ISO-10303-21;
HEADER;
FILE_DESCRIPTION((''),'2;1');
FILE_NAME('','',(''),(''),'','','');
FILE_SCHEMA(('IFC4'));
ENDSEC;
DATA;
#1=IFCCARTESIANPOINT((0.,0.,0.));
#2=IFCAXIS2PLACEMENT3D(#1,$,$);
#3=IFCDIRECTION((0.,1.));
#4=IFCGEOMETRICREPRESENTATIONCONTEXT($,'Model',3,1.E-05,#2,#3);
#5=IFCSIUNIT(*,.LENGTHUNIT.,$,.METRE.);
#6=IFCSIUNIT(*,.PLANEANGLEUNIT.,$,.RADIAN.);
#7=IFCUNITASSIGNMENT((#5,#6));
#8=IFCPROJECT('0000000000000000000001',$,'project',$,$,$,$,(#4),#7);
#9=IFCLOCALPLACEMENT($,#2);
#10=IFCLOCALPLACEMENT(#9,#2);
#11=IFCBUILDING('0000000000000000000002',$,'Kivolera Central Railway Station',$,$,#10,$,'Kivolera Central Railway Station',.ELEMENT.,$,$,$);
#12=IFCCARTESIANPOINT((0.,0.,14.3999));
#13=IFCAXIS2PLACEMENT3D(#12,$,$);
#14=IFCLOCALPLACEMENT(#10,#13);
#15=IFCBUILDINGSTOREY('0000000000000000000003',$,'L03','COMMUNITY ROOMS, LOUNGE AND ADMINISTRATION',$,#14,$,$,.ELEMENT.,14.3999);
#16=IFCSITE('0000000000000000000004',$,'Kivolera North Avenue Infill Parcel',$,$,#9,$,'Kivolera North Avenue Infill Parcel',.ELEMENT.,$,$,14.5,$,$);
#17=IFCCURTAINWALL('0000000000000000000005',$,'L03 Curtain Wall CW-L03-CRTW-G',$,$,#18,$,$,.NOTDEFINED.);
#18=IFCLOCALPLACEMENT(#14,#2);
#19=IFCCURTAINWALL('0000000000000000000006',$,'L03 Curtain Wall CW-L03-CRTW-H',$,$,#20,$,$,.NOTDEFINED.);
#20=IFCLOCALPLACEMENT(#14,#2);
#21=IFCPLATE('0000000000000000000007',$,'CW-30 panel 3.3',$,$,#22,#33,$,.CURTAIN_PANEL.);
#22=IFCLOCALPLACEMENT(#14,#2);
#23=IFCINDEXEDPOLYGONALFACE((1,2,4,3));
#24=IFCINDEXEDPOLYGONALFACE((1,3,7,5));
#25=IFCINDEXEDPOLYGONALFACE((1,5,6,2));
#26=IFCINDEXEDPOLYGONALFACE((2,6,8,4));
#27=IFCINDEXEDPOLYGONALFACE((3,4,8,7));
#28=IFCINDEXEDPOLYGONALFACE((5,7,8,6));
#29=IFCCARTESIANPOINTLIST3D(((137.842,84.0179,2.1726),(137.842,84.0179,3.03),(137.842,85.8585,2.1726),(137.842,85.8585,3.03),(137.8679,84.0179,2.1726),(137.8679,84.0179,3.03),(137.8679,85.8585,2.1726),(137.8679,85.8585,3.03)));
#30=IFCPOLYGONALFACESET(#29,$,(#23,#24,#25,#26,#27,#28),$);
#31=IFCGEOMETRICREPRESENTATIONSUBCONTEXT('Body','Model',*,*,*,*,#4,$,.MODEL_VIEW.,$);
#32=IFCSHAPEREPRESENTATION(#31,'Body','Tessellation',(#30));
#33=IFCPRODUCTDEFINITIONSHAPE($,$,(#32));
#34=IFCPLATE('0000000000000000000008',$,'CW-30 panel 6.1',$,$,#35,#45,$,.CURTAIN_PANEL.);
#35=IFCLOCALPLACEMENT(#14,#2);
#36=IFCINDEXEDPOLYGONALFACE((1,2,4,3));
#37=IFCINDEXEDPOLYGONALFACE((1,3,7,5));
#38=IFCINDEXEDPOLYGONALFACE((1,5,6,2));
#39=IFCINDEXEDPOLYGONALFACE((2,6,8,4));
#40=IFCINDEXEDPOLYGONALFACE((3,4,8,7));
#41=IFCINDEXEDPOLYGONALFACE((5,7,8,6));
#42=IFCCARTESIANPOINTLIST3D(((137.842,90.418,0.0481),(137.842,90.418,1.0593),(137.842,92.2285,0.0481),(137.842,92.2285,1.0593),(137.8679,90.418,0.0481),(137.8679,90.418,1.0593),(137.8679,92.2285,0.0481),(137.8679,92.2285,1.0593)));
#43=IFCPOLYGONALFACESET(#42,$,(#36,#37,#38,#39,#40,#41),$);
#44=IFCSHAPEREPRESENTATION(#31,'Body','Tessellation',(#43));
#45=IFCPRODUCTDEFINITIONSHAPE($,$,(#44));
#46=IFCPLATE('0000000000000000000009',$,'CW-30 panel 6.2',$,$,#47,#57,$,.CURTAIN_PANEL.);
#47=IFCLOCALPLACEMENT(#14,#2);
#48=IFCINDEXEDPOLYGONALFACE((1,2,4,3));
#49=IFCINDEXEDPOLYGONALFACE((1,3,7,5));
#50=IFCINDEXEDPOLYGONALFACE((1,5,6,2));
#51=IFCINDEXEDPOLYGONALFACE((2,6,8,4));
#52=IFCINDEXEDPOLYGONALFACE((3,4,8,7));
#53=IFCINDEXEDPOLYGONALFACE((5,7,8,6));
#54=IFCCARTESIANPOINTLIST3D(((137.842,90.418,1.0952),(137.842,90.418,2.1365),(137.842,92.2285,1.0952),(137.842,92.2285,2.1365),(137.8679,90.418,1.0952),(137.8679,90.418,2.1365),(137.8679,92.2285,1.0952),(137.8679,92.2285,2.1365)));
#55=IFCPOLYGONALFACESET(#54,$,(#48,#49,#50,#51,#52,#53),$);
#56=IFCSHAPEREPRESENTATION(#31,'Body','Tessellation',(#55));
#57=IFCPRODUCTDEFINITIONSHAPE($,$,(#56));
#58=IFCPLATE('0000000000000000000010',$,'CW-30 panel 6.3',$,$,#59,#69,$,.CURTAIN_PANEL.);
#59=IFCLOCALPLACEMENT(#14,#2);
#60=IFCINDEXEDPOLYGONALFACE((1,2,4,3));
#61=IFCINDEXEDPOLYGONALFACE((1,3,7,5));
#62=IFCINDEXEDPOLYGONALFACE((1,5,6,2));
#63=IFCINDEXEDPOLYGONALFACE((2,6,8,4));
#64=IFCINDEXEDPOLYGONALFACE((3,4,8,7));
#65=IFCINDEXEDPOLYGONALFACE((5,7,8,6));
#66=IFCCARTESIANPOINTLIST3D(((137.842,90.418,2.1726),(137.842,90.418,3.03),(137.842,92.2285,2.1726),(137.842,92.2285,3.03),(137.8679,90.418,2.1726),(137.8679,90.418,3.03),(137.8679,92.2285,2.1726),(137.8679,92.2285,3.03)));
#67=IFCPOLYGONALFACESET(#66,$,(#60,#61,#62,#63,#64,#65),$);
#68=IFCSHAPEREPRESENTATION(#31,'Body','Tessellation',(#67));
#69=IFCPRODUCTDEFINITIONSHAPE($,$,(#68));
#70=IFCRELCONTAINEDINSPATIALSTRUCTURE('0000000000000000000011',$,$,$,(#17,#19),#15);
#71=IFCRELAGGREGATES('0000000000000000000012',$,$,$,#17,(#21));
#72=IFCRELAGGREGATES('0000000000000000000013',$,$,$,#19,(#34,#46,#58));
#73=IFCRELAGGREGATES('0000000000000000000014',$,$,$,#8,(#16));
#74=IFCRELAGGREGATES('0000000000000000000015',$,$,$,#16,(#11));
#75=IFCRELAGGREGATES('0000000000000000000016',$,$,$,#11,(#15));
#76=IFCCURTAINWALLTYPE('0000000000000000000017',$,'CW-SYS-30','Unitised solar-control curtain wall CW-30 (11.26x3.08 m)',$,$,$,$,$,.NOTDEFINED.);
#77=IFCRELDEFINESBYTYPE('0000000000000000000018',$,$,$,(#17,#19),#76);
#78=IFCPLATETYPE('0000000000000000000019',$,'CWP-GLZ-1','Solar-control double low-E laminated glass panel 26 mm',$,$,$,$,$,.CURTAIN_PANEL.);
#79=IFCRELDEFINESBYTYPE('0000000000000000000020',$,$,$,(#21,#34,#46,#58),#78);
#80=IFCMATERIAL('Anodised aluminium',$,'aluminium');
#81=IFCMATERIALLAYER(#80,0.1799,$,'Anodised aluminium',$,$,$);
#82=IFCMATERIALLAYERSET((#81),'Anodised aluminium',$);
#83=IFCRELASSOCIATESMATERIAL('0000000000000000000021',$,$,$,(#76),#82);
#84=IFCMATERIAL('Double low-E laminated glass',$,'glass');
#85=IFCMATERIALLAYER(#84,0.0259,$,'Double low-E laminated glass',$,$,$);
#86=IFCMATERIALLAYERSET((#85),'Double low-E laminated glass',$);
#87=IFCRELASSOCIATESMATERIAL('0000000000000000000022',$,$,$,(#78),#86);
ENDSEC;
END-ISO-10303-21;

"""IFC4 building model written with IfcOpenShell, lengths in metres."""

from ifc_helpers import new_model, si_unit, direction, frame, origin, origin_2d, place, context, subcontext, project, spatial, rectangle, extrude, material, layer, layer_set, type_object, element, aggregate, save


model = new_model("IFC4")

# Units and contexts
model_context = context("Model", 3, precision=1e-05, world=origin(), true_north=direction((0.0, 1.0)))
body_context = subcontext(model_context, "Body", "Model", "MODEL_VIEW")
ifc_project = project(units=[si_unit("LENGTHUNIT", "METRE"), si_unit("PLANEANGLEUNIT", "RADIAN")], contexts=[model_context])

# Site, building, storey
site_placement = place(None, origin())
site = spatial("IfcSite", under=ifc_project, at=site_placement, Name="Kivolera North Avenue Infill Parcel", LongName="Kivolera North Avenue Infill Parcel", CompositionType="ELEMENT", RefElevation=14.5)
building_placement = place(site_placement, origin())
building = spatial("IfcBuilding", under=site, at=building_placement, Name="Kivolera Central Railway Station", LongName="Kivolera Central Railway Station", CompositionType="ELEMENT")
storey_placement = place(building_placement, frame((0.0, 0.0, 14.3999)))
storey = spatial("IfcBuildingStorey", under=building, at=storey_placement, Name="L03", Description="COMMUNITY ROOMS, LOUNGE AND ADMINISTRATION", CompositionType="ELEMENT", Elevation=14.3999)

# Curtain wall
ifc_material_1 = material(Name="Anodised aluminium", Category="aluminium")
ifc_layer_1 = layer(ifc_material_1, 0.1799, Name="Anodised aluminium")
ifc_layer_set_1 = layer_set([ifc_layer_1], Name="Anodised aluminium")
curtain_wall_type = type_object("IfcCurtainWallType", Name="CW-SYS-30", Description="Unitised solar-control curtain wall CW-30 (11.26x3.08 m)", PredefinedType="NOTDEFINED", material=ifc_layer_set_1)
curtain_wall_1_placement = place(storey_placement, origin())
curtain_wall_1 = element("IfcCurtainWall", 1, at=curtain_wall_1_placement, inside=storey, type_object=curtain_wall_type, Name="L03 Curtain Wall CW-L03-CRTW-G", PredefinedType="NOTDEFINED")

# Curtain wall
curtain_wall_2_placement = place(storey_placement, origin())
curtain_wall_2 = element("IfcCurtainWall", 2, at=curtain_wall_2_placement, inside=storey, type_object=curtain_wall_type, Name="L03 Curtain Wall CW-L03-CRTW-H", PredefinedType="NOTDEFINED")

# Plates
ifc_material_2 = material(Name="Double low-E laminated glass", Category="glass")
ifc_layer_2 = layer(ifc_material_2, 0.0259, Name="Double low-E laminated glass")
ifc_layer_set_2 = layer_set([ifc_layer_2], Name="Double low-E laminated glass")
plate_type = type_object("IfcPlateType", Name="CWP-GLZ-1", Description="Solar-control double low-E laminated glass panel 26 mm", PredefinedType="CURTAIN_PANEL", material=ifc_layer_set_2)
plate_1_placement = place(storey_placement, frame((137.855, 84.9382, 2.1726), z_axis=(0.0, 0.0, 1.0), x_axis=(0.0, -1.0, 0.0)))
plate_1 = element("IfcPlate", 3, at=plate_1_placement, type_object=plate_type, Name="CW-30 panel 3.3", PredefinedType="CURTAIN_PANEL", context=body_context, shape_type="SweptSolid", body=[
    extrude(rectangle(XDim=1.8406, YDim=0.0259, at=origin_2d()), origin(), (0.0, 0.0, 1.0), 0.8574),
])
aggregate(curtain_wall_1, [plate_1])
plate_2_placement = place(storey_placement, frame((137.855, 91.3232, 0.0481), z_axis=(0.0, 0.0, 1.0), x_axis=(0.0, -1.0, 0.0)))
plate_2 = element("IfcPlate", 4, at=plate_2_placement, type_object=plate_type, Name="CW-30 panel 6.1", PredefinedType="CURTAIN_PANEL", context=body_context, shape_type="SweptSolid", body=[
    extrude(rectangle(XDim=1.8105, YDim=0.0259, at=origin_2d()), origin(), (0.0, 0.0, 1.0), 1.0112),
])
plate_3_placement = place(storey_placement, frame((137.855, 91.3232, 1.0952), z_axis=(0.0, 0.0, 1.0), x_axis=(0.0, -1.0, 0.0)))
plate_3 = element("IfcPlate", 5, at=plate_3_placement, type_object=plate_type, Name="CW-30 panel 6.2", PredefinedType="CURTAIN_PANEL", context=body_context, shape_type="SweptSolid", body=[
    extrude(rectangle(XDim=1.8105, YDim=0.0259, at=origin_2d()), origin(), (0.0, 0.0, 1.0), 1.0413),
])
plate_4_placement = place(storey_placement, frame((137.855, 91.3232, 2.1726), z_axis=(0.0, 0.0, 1.0), x_axis=(0.0, -1.0, 0.0)))
plate_4 = element("IfcPlate", 6, at=plate_4_placement, type_object=plate_type, Name="CW-30 panel 6.3", PredefinedType="CURTAIN_PANEL", context=body_context, shape_type="SweptSolid", body=[
    extrude(rectangle(XDim=1.8105, YDim=0.0259, at=origin_2d()), origin(), (0.0, 0.0, 1.0), 0.8574),
])
aggregate(curtain_wall_2, [plate_2, plate_3, plate_4])

save(model, "model.ifc")
